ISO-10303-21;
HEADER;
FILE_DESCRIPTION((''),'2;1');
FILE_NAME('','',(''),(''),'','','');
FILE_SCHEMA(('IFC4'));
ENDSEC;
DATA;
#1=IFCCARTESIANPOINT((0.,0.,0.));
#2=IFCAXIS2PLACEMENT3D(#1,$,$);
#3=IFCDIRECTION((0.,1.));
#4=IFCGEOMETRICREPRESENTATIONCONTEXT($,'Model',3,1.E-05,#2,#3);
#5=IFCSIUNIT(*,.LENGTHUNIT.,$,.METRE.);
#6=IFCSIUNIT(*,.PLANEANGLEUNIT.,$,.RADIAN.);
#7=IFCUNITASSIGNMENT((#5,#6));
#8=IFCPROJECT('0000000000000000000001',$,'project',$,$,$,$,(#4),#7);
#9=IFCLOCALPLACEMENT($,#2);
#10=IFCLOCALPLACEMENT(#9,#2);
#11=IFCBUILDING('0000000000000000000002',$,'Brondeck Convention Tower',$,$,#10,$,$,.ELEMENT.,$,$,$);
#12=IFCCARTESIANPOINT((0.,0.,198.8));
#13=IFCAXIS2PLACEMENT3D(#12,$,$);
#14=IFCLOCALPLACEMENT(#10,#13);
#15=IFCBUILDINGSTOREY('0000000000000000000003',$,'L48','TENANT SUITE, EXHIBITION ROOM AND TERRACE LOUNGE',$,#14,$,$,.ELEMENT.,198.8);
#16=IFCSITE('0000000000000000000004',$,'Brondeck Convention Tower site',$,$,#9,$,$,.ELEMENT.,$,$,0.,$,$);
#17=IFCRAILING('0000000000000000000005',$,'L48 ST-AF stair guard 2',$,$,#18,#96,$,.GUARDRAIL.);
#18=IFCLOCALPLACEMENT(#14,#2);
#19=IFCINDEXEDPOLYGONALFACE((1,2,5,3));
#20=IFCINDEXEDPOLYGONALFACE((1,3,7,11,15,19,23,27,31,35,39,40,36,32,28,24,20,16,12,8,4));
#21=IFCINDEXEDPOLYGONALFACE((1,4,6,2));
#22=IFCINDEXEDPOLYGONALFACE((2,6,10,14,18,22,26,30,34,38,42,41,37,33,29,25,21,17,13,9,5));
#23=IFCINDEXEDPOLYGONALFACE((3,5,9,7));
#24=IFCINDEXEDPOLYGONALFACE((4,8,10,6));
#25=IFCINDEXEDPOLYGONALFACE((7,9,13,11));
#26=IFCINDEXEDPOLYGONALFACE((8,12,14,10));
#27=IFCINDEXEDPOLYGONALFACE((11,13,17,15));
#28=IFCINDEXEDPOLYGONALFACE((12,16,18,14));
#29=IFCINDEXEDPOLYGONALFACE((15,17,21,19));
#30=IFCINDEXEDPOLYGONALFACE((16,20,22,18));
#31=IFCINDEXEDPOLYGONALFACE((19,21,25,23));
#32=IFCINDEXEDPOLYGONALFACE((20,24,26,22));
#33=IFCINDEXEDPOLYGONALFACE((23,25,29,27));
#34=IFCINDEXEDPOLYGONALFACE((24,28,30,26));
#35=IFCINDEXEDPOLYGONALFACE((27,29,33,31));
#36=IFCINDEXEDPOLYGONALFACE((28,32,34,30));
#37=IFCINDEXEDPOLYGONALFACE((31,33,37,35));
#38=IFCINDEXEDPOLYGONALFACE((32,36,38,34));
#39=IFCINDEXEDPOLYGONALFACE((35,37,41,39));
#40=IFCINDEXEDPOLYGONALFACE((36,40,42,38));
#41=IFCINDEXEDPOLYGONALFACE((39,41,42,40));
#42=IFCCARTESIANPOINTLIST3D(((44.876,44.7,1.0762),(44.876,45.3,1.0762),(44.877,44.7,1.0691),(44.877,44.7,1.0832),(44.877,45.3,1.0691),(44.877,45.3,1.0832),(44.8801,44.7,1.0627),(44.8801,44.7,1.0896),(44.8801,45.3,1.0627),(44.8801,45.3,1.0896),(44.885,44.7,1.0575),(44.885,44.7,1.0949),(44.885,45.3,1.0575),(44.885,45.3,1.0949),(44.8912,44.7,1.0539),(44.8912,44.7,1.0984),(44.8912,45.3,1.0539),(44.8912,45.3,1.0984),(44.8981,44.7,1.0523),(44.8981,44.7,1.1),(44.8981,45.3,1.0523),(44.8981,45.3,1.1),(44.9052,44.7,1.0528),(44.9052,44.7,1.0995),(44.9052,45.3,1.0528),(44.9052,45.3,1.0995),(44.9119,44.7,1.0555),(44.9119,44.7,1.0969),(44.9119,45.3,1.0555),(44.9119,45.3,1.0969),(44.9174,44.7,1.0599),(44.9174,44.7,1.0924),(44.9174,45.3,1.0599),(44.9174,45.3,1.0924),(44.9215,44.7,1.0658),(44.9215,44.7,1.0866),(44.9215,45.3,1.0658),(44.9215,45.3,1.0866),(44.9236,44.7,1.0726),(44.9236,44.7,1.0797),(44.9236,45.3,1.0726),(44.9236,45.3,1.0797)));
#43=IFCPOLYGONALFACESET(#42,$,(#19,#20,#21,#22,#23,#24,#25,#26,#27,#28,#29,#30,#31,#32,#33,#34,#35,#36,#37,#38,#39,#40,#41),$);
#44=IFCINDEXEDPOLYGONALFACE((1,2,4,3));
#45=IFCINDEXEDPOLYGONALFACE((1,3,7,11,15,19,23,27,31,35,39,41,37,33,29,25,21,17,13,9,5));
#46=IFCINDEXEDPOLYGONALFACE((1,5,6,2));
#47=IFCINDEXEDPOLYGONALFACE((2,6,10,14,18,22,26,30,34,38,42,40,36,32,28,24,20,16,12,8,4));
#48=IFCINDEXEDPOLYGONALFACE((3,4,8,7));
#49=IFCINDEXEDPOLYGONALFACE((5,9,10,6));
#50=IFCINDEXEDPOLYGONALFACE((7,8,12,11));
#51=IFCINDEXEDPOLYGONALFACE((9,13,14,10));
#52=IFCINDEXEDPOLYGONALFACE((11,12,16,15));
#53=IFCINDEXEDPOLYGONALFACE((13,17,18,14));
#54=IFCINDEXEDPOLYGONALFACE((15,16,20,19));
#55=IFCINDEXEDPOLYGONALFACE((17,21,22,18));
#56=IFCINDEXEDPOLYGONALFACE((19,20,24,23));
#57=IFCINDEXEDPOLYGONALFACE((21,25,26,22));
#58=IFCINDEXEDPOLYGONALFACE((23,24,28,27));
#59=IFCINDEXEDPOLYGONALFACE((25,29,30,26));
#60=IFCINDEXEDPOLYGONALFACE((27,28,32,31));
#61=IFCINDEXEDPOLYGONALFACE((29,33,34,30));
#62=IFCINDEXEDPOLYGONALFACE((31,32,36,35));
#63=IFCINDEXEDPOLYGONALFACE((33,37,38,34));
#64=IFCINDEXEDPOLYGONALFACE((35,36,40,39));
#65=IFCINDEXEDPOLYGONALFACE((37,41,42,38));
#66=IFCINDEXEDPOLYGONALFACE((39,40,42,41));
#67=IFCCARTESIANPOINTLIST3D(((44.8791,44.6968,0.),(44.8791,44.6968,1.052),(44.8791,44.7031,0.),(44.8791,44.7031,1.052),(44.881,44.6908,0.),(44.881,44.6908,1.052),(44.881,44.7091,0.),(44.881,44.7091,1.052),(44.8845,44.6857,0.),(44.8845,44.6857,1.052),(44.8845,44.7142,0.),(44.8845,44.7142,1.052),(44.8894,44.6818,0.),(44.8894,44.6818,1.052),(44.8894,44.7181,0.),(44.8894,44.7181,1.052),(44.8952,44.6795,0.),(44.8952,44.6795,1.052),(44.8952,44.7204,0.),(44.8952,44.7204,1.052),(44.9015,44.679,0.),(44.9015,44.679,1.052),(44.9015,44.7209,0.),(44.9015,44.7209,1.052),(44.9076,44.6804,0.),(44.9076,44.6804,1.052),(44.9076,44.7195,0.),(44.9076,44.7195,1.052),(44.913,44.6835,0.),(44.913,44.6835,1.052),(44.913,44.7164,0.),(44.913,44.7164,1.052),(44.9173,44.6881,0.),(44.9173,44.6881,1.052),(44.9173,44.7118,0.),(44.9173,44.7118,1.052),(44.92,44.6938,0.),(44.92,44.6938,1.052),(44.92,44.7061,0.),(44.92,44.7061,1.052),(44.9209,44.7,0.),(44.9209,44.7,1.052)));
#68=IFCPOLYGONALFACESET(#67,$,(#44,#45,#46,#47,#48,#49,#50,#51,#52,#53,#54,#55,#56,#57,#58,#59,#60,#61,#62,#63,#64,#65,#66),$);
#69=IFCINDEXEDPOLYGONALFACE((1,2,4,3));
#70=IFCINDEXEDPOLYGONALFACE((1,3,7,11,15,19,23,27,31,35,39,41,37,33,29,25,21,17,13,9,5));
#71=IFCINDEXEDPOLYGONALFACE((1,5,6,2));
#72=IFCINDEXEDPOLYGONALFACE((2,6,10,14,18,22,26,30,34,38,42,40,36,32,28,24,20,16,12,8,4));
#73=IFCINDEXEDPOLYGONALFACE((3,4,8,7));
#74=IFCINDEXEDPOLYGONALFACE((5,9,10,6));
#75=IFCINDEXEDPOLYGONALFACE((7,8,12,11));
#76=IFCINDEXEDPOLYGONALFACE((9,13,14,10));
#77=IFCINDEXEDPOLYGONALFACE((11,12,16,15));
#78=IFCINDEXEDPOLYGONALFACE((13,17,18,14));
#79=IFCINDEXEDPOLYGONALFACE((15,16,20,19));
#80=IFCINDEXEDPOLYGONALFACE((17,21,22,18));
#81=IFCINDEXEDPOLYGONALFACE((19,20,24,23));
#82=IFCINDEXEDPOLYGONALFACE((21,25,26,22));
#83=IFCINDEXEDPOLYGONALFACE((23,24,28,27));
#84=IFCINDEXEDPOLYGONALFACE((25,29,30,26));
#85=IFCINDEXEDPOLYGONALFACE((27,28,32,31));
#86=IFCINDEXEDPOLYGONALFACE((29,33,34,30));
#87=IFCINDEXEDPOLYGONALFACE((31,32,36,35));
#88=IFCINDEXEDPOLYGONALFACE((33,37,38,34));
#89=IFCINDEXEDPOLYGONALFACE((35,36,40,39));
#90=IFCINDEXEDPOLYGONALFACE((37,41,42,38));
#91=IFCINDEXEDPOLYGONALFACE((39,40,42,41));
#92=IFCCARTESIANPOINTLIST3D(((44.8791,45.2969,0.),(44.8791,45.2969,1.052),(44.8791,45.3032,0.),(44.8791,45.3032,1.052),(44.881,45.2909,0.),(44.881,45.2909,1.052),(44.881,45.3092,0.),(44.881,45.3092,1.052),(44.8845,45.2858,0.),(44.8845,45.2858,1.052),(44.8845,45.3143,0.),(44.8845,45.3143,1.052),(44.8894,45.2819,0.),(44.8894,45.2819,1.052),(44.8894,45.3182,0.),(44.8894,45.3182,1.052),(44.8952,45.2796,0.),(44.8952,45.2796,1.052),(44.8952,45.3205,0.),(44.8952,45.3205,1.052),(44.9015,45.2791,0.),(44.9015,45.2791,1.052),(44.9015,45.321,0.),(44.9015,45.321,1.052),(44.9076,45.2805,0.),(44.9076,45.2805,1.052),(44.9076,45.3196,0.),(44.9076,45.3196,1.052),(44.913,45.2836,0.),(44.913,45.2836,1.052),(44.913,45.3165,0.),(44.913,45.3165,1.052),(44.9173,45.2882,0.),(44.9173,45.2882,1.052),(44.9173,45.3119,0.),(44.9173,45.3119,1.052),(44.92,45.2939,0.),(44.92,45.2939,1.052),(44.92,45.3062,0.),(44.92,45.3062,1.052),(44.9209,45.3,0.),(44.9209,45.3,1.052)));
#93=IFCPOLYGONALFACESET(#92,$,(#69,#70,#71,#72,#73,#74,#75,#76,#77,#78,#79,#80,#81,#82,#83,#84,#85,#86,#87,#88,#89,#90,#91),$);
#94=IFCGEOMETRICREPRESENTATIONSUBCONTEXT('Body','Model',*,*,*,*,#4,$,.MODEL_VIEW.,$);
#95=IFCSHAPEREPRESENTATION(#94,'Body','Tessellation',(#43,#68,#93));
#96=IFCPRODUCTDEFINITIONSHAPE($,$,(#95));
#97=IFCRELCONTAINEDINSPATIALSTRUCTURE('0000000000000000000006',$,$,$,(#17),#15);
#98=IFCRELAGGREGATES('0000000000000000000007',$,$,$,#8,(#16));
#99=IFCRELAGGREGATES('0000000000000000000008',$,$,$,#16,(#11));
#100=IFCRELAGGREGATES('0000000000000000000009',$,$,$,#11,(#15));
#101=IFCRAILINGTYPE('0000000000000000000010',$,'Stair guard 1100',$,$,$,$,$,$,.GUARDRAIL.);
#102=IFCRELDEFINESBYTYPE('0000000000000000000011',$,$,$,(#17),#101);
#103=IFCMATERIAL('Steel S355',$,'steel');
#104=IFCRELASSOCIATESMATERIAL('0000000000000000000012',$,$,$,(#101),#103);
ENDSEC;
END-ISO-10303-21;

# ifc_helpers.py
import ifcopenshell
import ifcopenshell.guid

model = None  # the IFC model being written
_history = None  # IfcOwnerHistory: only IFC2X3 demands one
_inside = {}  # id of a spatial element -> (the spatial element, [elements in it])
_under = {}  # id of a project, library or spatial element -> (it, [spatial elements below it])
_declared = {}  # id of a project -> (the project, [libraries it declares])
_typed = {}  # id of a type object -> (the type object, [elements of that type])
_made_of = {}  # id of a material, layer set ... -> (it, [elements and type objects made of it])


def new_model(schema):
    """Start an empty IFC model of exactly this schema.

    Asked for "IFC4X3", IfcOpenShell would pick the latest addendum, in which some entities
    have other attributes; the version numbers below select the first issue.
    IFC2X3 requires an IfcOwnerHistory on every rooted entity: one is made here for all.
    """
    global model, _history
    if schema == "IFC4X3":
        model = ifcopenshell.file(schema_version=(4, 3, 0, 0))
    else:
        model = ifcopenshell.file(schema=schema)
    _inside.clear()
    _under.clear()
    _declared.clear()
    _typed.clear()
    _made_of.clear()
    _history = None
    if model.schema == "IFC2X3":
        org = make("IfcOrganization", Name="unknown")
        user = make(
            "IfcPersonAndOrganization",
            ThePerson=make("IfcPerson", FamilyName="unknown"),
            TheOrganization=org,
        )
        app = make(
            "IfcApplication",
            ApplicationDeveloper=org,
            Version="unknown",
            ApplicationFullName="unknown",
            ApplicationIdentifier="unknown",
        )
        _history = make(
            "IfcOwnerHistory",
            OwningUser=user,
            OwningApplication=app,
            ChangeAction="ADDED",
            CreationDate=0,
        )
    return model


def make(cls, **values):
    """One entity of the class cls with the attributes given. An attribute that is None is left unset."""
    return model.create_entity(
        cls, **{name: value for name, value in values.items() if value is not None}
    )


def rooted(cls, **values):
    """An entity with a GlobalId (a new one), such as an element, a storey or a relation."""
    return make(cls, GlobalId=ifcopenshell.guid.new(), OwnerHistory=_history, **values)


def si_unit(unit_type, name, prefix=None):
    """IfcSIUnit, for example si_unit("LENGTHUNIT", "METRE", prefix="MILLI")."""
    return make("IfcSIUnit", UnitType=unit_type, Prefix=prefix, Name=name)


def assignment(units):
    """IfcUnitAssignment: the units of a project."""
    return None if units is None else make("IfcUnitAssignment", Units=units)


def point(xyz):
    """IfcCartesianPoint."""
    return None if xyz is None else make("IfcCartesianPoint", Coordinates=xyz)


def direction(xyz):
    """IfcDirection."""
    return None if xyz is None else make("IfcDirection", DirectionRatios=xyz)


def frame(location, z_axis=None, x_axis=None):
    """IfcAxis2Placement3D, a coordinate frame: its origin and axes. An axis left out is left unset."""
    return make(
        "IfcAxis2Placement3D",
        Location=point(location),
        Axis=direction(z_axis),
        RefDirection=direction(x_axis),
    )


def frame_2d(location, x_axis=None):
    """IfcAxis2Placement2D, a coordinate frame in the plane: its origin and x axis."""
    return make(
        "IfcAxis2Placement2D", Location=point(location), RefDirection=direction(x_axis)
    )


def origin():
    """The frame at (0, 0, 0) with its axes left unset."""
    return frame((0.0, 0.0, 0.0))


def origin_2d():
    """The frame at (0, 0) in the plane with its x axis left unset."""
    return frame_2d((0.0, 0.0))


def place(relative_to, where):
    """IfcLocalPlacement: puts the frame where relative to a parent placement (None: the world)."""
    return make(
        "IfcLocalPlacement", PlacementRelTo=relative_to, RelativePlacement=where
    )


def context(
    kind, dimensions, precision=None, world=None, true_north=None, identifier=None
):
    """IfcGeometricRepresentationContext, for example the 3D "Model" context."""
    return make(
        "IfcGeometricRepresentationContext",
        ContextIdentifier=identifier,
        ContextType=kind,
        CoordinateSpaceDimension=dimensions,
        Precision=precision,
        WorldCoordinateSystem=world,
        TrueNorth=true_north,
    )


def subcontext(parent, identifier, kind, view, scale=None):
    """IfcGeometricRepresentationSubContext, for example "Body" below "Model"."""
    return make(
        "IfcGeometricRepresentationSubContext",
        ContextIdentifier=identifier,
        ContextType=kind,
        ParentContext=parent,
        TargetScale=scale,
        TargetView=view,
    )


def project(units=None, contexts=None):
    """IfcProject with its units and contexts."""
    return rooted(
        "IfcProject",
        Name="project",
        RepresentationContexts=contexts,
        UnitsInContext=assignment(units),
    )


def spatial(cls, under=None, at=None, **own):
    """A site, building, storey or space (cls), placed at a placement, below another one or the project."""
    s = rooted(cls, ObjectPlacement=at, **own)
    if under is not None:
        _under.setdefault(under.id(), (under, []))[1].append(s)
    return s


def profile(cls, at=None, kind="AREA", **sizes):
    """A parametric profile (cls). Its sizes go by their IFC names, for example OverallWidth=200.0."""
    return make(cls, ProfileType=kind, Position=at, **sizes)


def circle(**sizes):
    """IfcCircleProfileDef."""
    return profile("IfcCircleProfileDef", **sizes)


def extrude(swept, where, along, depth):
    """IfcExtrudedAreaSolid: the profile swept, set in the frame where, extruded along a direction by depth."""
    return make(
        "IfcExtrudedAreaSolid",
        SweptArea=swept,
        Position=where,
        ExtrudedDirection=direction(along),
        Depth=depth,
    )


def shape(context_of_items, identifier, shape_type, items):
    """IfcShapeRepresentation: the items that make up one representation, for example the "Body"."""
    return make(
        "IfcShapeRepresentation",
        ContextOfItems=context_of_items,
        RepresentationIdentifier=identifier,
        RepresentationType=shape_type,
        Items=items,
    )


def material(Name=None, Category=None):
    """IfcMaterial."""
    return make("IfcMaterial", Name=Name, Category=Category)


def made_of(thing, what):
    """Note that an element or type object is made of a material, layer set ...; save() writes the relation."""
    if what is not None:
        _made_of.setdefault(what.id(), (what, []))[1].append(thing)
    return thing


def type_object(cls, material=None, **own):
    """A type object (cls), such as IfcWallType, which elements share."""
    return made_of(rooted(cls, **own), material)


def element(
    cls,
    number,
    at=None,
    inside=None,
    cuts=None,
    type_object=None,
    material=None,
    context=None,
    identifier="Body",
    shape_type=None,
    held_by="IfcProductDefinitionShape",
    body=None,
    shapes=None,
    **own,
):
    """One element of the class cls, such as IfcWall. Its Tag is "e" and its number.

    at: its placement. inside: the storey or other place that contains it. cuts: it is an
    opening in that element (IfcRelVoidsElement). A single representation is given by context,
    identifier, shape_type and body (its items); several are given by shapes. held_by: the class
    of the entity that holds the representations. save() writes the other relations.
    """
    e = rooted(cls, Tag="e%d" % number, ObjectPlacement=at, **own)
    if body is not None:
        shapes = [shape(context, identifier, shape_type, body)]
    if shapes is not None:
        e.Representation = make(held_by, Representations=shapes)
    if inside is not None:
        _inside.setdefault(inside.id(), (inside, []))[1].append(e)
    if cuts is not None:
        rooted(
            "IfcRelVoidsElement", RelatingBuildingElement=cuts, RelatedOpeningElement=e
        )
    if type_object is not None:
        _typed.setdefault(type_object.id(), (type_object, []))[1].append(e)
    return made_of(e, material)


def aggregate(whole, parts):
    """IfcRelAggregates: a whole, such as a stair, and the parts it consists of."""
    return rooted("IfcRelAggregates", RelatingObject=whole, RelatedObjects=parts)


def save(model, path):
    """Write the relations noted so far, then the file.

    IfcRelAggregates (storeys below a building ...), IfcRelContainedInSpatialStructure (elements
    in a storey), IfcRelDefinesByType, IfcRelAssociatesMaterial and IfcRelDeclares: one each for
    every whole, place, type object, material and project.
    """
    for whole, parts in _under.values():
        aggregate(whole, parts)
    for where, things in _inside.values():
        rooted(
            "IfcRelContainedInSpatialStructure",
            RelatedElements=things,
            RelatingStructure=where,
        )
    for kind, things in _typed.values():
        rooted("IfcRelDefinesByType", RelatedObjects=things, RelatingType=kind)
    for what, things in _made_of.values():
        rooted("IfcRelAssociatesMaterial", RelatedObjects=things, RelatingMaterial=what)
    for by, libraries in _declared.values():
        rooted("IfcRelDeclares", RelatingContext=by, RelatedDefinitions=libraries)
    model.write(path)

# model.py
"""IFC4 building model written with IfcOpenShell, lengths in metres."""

from ifc_helpers import new_model, si_unit, direction, frame, origin, origin_2d, place, context, subcontext, project, spatial, circle, extrude, material, type_object, element, save


model = new_model("IFC4")

# Units and contexts
model_context = context("Model", 3, precision=1e-05, world=origin(), true_north=direction((0.0, 1.0)))
body_context = subcontext(model_context, "Body", "Model", "MODEL_VIEW")
ifc_project = project(units=[si_unit("LENGTHUNIT", "METRE"), si_unit("PLANEANGLEUNIT", "RADIAN")], contexts=[model_context])

# Site, building, storey
site_placement = place(None, origin())
site = spatial("IfcSite", under=ifc_project, at=site_placement, Name="Brondeck Convention Tower site", CompositionType="ELEMENT", RefElevation=0.0)
building_placement = place(site_placement, origin())
building = spatial("IfcBuilding", under=site, at=building_placement, Name="Brondeck Convention Tower", CompositionType="ELEMENT")
storey_placement = place(building_placement, frame((0.0, 0.0, 198.8)))
storey = spatial("IfcBuildingStorey", under=building, at=storey_placement, Name="L48", Description="TENANT SUITE, EXHIBITION ROOM AND TERRACE LOUNGE", CompositionType="ELEMENT", Elevation=198.8)

# Shared definitions
ifc_material_1 = material(Name="Steel S355", Category="steel")

# Railing
railing_type_1 = type_object("IfcRailingType", Name="Stair guard 1100", PredefinedType="GUARDRAIL", material=ifc_material_1)
railing_1_placement = place(storey_placement, frame((44.8999, 44.7, 0.0)))
element("IfcRailing", 1, at=railing_1_placement, inside=storey, type_object=railing_type_1, Name="L48 ST-AF stair guard 2", PredefinedType="GUARDRAIL", context=body_context, shape_type="SweptSolid", body=[
    extrude(circle(Radius=0.0239, at=origin_2d()), frame((0.0, 0.0, 1.0762), z_axis=(0.0, 1.0, 0.0), x_axis=(-1.0, 0.0, 0.0)), (0.0, 0.0, 1.0), 0.6001),
    extrude(circle(Radius=0.021, at=origin_2d()), origin(), (0.0, 0.0, 1.0), 1.052),
    extrude(circle(Radius=0.021, at=origin_2d()), frame((0.0, 0.6001, 0.0)), (0.0, 0.0, 1.0), 1.052),
])

save(model, "model.ifc")
